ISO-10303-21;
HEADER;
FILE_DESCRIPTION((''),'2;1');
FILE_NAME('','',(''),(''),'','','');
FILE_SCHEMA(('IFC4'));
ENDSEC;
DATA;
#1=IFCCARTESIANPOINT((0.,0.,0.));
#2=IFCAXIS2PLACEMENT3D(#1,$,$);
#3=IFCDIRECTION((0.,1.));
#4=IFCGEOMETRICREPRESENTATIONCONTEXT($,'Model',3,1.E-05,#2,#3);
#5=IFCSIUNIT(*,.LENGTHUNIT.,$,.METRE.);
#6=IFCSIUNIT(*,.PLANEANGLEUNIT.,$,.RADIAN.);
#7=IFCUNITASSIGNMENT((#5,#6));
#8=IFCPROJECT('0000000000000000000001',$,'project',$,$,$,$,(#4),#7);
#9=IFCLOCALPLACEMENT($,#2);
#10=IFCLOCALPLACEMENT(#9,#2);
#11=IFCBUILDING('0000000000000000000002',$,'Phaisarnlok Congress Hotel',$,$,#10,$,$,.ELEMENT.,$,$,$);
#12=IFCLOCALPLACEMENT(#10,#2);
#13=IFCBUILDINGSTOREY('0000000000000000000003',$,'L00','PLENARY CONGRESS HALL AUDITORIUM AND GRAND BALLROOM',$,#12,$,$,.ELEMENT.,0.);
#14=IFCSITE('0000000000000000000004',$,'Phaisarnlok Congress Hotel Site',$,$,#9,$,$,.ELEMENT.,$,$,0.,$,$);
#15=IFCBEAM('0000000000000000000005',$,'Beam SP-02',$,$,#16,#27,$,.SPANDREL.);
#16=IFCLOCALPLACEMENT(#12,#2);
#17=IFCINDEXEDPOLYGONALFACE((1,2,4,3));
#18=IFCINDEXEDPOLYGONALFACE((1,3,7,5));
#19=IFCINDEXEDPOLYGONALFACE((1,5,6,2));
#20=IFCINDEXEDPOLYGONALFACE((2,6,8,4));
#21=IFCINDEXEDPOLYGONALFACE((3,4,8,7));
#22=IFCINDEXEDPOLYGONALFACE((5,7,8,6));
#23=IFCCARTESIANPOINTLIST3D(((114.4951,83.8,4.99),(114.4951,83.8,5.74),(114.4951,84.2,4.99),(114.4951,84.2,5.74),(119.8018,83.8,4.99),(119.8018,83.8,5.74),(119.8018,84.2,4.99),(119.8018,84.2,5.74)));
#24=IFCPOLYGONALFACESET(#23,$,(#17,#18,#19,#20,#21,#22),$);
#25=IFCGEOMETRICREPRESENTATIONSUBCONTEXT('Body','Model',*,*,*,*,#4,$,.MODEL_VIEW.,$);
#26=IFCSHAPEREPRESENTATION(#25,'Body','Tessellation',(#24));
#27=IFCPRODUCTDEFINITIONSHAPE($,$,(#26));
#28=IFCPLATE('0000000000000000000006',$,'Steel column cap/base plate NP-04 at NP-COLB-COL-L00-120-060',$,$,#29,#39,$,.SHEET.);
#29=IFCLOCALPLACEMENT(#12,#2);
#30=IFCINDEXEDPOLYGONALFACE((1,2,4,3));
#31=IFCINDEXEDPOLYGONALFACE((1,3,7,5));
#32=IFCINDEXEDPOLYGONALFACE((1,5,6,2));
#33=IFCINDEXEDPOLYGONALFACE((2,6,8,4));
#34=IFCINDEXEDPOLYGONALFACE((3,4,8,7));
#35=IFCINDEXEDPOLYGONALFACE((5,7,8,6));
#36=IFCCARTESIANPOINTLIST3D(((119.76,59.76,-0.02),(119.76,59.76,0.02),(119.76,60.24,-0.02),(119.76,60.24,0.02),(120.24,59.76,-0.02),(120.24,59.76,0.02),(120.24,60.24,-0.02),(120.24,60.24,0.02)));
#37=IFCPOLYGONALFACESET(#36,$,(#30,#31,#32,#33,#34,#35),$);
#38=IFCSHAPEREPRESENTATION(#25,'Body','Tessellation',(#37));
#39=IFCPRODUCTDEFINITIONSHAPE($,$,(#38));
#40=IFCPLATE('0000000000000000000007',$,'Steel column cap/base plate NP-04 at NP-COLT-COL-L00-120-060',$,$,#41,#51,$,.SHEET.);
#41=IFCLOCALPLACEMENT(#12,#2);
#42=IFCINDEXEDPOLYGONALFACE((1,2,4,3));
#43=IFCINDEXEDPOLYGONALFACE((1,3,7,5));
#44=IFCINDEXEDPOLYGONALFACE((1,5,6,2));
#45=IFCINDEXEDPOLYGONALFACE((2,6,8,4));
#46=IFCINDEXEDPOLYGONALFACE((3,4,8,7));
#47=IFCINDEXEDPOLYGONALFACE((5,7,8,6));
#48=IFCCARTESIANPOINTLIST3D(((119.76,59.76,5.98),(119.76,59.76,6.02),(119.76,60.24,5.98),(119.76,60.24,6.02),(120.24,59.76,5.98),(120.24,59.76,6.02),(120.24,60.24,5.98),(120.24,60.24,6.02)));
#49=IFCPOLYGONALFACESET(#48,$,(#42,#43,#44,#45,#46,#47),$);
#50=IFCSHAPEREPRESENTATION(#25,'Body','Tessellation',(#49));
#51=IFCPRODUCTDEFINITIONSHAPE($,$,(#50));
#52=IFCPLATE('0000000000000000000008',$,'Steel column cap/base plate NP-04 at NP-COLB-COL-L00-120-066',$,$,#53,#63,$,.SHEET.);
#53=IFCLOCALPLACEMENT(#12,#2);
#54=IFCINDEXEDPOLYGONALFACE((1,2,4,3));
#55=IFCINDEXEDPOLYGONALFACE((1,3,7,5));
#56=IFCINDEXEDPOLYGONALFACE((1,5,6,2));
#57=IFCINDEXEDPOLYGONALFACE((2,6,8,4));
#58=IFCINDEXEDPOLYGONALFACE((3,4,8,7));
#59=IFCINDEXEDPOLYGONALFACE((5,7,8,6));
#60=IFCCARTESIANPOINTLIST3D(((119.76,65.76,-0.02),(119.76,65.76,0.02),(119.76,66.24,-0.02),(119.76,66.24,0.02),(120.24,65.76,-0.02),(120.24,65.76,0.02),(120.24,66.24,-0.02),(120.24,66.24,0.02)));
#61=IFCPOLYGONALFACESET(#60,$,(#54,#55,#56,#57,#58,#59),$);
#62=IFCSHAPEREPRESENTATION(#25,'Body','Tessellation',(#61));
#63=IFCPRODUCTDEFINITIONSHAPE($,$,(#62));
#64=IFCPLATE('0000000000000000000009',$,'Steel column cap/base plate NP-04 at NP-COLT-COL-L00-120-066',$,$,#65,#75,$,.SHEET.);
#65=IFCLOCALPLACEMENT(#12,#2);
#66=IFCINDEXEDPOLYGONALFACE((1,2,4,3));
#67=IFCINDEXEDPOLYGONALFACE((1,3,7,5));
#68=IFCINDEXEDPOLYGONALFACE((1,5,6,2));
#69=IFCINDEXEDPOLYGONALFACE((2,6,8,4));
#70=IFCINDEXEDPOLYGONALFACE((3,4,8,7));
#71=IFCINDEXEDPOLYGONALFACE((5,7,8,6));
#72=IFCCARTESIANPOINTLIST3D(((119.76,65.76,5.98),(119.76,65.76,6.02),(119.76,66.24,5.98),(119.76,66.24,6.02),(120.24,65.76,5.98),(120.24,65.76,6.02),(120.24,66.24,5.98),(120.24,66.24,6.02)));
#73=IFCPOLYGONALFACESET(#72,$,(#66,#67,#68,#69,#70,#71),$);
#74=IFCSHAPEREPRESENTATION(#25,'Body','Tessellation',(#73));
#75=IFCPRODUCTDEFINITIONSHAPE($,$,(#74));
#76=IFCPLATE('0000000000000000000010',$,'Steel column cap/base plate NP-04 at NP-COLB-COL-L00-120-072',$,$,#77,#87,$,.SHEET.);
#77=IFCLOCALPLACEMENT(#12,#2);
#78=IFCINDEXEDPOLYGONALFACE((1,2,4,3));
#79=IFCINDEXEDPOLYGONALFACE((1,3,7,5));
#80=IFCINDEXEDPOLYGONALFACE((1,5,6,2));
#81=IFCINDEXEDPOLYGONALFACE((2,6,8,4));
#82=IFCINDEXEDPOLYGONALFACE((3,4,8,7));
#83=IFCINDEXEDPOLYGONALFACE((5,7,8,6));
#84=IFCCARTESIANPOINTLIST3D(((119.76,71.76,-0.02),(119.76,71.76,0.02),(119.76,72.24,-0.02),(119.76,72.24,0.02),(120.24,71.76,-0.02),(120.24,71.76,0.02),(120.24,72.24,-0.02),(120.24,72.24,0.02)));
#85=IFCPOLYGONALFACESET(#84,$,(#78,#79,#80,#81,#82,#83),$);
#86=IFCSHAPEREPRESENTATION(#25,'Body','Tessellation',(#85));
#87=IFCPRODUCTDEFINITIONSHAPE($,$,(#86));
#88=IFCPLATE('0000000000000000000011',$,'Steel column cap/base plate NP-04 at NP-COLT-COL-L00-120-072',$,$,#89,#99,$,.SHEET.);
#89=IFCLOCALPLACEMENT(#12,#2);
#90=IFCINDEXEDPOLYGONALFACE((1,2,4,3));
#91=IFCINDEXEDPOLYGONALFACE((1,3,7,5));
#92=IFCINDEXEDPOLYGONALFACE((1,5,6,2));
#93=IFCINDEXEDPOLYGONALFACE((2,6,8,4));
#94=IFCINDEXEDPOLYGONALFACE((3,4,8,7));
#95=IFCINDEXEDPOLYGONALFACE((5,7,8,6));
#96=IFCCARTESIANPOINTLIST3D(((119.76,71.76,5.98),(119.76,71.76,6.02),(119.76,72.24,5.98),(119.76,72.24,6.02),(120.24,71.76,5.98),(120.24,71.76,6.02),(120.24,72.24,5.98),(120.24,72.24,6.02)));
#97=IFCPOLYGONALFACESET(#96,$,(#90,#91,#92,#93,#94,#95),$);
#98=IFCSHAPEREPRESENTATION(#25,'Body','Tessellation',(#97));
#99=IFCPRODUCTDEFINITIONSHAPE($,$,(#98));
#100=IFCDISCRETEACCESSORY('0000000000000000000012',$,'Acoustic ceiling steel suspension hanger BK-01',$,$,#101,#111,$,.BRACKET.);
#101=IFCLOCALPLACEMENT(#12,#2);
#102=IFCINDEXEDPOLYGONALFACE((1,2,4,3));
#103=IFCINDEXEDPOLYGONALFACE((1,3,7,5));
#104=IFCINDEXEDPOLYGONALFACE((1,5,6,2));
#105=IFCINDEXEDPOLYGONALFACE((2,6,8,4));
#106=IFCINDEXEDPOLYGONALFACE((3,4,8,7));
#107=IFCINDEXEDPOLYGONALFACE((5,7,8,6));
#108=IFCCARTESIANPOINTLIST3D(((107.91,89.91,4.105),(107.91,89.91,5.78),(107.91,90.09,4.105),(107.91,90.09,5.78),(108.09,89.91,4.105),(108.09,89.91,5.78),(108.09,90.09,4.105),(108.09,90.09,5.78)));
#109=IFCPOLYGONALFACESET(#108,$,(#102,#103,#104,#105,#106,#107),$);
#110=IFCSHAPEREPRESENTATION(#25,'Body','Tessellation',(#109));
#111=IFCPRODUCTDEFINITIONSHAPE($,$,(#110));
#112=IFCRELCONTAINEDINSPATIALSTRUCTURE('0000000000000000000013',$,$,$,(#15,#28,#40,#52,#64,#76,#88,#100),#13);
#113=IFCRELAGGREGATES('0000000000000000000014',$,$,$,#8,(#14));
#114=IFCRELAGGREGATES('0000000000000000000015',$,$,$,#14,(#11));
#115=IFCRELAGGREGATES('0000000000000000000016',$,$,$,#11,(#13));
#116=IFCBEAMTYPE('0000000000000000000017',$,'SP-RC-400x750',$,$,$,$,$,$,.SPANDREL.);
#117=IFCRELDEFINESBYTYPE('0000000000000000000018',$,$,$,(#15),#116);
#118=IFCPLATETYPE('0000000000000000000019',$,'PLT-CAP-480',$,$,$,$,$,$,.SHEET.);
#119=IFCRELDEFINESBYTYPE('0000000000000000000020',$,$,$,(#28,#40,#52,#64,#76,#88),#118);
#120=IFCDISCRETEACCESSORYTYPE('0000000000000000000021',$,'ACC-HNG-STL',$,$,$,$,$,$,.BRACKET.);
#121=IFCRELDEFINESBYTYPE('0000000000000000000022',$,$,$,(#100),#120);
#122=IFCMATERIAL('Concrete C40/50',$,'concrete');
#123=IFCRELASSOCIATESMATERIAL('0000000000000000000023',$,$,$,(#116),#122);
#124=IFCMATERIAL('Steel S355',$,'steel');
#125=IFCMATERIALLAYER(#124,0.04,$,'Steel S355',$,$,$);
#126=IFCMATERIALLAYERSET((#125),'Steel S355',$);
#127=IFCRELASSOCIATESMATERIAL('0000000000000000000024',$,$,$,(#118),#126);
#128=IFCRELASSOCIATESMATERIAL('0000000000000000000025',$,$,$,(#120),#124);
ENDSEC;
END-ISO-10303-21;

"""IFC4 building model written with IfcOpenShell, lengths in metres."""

from ifc_helpers import new_model, si_unit, direction, frame, origin, origin_2d, place, context, subcontext, project, spatial, rectangle, extrude, material, layer, layer_set, material_profile, profile_set, type_object, element, save


model = new_model("IFC4")

# Units and contexts
model_context = context("Model", 3, precision=1e-05, world=origin(), true_north=direction((0.0, 1.0)))
body_context = subcontext(model_context, "Body", "Model", "MODEL_VIEW")
ifc_project = project(units=[si_unit("LENGTHUNIT", "METRE"), si_unit("PLANEANGLEUNIT", "RADIAN")], contexts=[model_context])

# Site, building, storey
site_placement = place(None, origin())
site = spatial("IfcSite", under=ifc_project, at=site_placement, Name="Phaisarnlok Congress Hotel Site", CompositionType="ELEMENT", RefElevation=0.0)
building_placement = place(site_placement, origin())
building = spatial("IfcBuilding", under=site, at=building_placement, Name="Phaisarnlok Congress Hotel", CompositionType="ELEMENT")
storey_placement = place(building_placement, origin())
storey = spatial("IfcBuildingStorey", under=building, at=storey_placement, Name="L00", Description="PLENARY CONGRESS HALL AUDITORIUM AND GRAND BALLROOM", CompositionType="ELEMENT", Elevation=0.0)

# Shared definitions
ifc_material_1 = material(Name="Steel S355", Category="steel")

# Beam
ifc_material_2 = material(Name="Concrete C40/50", Category="concrete")
ifc_material_profile_1 = material_profile(ifc_material_2, rectangle(XDim=0.3999, YDim=0.75, at=origin_2d()), Name="RC 400x750")
ifc_profile_set_1 = profile_set([ifc_material_profile_1], Name="Concrete C40/50")
beam_type_1 = type_object("IfcBeamType", Name="SP-RC-400x750", PredefinedType="SPANDREL", material=ifc_profile_set_1)
beam_1_placement = place(storey_placement, frame((114.4951, 84.0, 5.365), z_axis=(1.0, 0.0, 0.0), x_axis=(0.0, 1.0, 0.0)))
element("IfcBeam", 1, at=beam_1_placement, inside=storey, type_object=beam_type_1, Name="Beam SP-02", PredefinedType="SPANDREL", context=body_context, shape_type="SweptSolid", body=[
    extrude(rectangle(XDim=0.3999, YDim=0.75, at=origin_2d()), origin(), (0.0, 0.0, 1.0), 5.3066),
])

# Plates
ifc_layer = layer(ifc_material_1, 0.04, Name="Steel S355")
ifc_layer_set = layer_set([ifc_layer], Name="Steel S355")
plate_type = type_object("IfcPlateType", Name="PLT-CAP-480", PredefinedType="SHEET", material=ifc_layer_set)
for number, where, z_axis, x_axis, name in (
    (2, (120.0, 60.0, -0.02), (0.0, 0.0, 1.0), (1.0, 0.0, 0.0), "Steel column cap/base plate NP-04 at NP-COLB-COL-L00-120-060"),
    (3, (120.0, 60.0, 5.98), (0.0, 0.0, 1.0), (1.0, 0.0, 0.0), "Steel column cap/base plate NP-04 at NP-COLT-COL-L00-120-060"),
    (4, (120.0, 66.0, -0.02), (0.0, 0.0, 1.0), (1.0, 0.0, 0.0), "Steel column cap/base plate NP-04 at NP-COLB-COL-L00-120-066"),
    (5, (120.0, 66.0, 5.98), (0.0, 0.0, 1.0), (1.0, 0.0, 0.0), "Steel column cap/base plate NP-04 at NP-COLT-COL-L00-120-066"),
    (6, (120.0, 72.0, -0.02), (0.0, 0.0, 1.0), (1.0, 0.0, 0.0), "Steel column cap/base plate NP-04 at NP-COLB-COL-L00-120-072"),
    (7, (120.0, 72.0, 5.98), (0.0, 0.0, 1.0), (1.0, 0.0, 0.0), "Steel column cap/base plate NP-04 at NP-COLT-COL-L00-120-072"),
):
    element("IfcPlate", number, at=place(storey_placement, frame(where, z_axis=z_axis, x_axis=x_axis)), inside=storey, type_object=plate_type, Name=name, PredefinedType="SHEET", context=body_context, shape_type="SweptSolid", body=[
        extrude(rectangle(XDim=0.48, YDim=0.48, at=origin_2d()), origin(), (0.0, 0.0, 1.0), 0.04),
    ])

# Discrete accessory
discrete_accessory_type = type_object("IfcDiscreteAccessoryType", Name="ACC-HNG-STL", PredefinedType="BRACKET", material=ifc_material_1)
discrete_accessory_placement = place(storey_placement, frame((108.0, 90.0, 4.105), z_axis=(0.0, 0.0, 1.0), x_axis=(1.0, 0.0, 0.0)))
element("IfcDiscreteAccessory", 8, at=discrete_accessory_placement, inside=storey, type_object=discrete_accessory_type, Name="Acoustic ceiling steel suspension hanger BK-01", PredefinedType="BRACKET", context=body_context, shape_type="SweptSolid", body=[
    extrude(rectangle(XDim=0.1799, YDim=0.1799, at=origin_2d()), origin(), (0.0, 0.0, 1.0), 1.675),
])

save(model, "model.ifc")
